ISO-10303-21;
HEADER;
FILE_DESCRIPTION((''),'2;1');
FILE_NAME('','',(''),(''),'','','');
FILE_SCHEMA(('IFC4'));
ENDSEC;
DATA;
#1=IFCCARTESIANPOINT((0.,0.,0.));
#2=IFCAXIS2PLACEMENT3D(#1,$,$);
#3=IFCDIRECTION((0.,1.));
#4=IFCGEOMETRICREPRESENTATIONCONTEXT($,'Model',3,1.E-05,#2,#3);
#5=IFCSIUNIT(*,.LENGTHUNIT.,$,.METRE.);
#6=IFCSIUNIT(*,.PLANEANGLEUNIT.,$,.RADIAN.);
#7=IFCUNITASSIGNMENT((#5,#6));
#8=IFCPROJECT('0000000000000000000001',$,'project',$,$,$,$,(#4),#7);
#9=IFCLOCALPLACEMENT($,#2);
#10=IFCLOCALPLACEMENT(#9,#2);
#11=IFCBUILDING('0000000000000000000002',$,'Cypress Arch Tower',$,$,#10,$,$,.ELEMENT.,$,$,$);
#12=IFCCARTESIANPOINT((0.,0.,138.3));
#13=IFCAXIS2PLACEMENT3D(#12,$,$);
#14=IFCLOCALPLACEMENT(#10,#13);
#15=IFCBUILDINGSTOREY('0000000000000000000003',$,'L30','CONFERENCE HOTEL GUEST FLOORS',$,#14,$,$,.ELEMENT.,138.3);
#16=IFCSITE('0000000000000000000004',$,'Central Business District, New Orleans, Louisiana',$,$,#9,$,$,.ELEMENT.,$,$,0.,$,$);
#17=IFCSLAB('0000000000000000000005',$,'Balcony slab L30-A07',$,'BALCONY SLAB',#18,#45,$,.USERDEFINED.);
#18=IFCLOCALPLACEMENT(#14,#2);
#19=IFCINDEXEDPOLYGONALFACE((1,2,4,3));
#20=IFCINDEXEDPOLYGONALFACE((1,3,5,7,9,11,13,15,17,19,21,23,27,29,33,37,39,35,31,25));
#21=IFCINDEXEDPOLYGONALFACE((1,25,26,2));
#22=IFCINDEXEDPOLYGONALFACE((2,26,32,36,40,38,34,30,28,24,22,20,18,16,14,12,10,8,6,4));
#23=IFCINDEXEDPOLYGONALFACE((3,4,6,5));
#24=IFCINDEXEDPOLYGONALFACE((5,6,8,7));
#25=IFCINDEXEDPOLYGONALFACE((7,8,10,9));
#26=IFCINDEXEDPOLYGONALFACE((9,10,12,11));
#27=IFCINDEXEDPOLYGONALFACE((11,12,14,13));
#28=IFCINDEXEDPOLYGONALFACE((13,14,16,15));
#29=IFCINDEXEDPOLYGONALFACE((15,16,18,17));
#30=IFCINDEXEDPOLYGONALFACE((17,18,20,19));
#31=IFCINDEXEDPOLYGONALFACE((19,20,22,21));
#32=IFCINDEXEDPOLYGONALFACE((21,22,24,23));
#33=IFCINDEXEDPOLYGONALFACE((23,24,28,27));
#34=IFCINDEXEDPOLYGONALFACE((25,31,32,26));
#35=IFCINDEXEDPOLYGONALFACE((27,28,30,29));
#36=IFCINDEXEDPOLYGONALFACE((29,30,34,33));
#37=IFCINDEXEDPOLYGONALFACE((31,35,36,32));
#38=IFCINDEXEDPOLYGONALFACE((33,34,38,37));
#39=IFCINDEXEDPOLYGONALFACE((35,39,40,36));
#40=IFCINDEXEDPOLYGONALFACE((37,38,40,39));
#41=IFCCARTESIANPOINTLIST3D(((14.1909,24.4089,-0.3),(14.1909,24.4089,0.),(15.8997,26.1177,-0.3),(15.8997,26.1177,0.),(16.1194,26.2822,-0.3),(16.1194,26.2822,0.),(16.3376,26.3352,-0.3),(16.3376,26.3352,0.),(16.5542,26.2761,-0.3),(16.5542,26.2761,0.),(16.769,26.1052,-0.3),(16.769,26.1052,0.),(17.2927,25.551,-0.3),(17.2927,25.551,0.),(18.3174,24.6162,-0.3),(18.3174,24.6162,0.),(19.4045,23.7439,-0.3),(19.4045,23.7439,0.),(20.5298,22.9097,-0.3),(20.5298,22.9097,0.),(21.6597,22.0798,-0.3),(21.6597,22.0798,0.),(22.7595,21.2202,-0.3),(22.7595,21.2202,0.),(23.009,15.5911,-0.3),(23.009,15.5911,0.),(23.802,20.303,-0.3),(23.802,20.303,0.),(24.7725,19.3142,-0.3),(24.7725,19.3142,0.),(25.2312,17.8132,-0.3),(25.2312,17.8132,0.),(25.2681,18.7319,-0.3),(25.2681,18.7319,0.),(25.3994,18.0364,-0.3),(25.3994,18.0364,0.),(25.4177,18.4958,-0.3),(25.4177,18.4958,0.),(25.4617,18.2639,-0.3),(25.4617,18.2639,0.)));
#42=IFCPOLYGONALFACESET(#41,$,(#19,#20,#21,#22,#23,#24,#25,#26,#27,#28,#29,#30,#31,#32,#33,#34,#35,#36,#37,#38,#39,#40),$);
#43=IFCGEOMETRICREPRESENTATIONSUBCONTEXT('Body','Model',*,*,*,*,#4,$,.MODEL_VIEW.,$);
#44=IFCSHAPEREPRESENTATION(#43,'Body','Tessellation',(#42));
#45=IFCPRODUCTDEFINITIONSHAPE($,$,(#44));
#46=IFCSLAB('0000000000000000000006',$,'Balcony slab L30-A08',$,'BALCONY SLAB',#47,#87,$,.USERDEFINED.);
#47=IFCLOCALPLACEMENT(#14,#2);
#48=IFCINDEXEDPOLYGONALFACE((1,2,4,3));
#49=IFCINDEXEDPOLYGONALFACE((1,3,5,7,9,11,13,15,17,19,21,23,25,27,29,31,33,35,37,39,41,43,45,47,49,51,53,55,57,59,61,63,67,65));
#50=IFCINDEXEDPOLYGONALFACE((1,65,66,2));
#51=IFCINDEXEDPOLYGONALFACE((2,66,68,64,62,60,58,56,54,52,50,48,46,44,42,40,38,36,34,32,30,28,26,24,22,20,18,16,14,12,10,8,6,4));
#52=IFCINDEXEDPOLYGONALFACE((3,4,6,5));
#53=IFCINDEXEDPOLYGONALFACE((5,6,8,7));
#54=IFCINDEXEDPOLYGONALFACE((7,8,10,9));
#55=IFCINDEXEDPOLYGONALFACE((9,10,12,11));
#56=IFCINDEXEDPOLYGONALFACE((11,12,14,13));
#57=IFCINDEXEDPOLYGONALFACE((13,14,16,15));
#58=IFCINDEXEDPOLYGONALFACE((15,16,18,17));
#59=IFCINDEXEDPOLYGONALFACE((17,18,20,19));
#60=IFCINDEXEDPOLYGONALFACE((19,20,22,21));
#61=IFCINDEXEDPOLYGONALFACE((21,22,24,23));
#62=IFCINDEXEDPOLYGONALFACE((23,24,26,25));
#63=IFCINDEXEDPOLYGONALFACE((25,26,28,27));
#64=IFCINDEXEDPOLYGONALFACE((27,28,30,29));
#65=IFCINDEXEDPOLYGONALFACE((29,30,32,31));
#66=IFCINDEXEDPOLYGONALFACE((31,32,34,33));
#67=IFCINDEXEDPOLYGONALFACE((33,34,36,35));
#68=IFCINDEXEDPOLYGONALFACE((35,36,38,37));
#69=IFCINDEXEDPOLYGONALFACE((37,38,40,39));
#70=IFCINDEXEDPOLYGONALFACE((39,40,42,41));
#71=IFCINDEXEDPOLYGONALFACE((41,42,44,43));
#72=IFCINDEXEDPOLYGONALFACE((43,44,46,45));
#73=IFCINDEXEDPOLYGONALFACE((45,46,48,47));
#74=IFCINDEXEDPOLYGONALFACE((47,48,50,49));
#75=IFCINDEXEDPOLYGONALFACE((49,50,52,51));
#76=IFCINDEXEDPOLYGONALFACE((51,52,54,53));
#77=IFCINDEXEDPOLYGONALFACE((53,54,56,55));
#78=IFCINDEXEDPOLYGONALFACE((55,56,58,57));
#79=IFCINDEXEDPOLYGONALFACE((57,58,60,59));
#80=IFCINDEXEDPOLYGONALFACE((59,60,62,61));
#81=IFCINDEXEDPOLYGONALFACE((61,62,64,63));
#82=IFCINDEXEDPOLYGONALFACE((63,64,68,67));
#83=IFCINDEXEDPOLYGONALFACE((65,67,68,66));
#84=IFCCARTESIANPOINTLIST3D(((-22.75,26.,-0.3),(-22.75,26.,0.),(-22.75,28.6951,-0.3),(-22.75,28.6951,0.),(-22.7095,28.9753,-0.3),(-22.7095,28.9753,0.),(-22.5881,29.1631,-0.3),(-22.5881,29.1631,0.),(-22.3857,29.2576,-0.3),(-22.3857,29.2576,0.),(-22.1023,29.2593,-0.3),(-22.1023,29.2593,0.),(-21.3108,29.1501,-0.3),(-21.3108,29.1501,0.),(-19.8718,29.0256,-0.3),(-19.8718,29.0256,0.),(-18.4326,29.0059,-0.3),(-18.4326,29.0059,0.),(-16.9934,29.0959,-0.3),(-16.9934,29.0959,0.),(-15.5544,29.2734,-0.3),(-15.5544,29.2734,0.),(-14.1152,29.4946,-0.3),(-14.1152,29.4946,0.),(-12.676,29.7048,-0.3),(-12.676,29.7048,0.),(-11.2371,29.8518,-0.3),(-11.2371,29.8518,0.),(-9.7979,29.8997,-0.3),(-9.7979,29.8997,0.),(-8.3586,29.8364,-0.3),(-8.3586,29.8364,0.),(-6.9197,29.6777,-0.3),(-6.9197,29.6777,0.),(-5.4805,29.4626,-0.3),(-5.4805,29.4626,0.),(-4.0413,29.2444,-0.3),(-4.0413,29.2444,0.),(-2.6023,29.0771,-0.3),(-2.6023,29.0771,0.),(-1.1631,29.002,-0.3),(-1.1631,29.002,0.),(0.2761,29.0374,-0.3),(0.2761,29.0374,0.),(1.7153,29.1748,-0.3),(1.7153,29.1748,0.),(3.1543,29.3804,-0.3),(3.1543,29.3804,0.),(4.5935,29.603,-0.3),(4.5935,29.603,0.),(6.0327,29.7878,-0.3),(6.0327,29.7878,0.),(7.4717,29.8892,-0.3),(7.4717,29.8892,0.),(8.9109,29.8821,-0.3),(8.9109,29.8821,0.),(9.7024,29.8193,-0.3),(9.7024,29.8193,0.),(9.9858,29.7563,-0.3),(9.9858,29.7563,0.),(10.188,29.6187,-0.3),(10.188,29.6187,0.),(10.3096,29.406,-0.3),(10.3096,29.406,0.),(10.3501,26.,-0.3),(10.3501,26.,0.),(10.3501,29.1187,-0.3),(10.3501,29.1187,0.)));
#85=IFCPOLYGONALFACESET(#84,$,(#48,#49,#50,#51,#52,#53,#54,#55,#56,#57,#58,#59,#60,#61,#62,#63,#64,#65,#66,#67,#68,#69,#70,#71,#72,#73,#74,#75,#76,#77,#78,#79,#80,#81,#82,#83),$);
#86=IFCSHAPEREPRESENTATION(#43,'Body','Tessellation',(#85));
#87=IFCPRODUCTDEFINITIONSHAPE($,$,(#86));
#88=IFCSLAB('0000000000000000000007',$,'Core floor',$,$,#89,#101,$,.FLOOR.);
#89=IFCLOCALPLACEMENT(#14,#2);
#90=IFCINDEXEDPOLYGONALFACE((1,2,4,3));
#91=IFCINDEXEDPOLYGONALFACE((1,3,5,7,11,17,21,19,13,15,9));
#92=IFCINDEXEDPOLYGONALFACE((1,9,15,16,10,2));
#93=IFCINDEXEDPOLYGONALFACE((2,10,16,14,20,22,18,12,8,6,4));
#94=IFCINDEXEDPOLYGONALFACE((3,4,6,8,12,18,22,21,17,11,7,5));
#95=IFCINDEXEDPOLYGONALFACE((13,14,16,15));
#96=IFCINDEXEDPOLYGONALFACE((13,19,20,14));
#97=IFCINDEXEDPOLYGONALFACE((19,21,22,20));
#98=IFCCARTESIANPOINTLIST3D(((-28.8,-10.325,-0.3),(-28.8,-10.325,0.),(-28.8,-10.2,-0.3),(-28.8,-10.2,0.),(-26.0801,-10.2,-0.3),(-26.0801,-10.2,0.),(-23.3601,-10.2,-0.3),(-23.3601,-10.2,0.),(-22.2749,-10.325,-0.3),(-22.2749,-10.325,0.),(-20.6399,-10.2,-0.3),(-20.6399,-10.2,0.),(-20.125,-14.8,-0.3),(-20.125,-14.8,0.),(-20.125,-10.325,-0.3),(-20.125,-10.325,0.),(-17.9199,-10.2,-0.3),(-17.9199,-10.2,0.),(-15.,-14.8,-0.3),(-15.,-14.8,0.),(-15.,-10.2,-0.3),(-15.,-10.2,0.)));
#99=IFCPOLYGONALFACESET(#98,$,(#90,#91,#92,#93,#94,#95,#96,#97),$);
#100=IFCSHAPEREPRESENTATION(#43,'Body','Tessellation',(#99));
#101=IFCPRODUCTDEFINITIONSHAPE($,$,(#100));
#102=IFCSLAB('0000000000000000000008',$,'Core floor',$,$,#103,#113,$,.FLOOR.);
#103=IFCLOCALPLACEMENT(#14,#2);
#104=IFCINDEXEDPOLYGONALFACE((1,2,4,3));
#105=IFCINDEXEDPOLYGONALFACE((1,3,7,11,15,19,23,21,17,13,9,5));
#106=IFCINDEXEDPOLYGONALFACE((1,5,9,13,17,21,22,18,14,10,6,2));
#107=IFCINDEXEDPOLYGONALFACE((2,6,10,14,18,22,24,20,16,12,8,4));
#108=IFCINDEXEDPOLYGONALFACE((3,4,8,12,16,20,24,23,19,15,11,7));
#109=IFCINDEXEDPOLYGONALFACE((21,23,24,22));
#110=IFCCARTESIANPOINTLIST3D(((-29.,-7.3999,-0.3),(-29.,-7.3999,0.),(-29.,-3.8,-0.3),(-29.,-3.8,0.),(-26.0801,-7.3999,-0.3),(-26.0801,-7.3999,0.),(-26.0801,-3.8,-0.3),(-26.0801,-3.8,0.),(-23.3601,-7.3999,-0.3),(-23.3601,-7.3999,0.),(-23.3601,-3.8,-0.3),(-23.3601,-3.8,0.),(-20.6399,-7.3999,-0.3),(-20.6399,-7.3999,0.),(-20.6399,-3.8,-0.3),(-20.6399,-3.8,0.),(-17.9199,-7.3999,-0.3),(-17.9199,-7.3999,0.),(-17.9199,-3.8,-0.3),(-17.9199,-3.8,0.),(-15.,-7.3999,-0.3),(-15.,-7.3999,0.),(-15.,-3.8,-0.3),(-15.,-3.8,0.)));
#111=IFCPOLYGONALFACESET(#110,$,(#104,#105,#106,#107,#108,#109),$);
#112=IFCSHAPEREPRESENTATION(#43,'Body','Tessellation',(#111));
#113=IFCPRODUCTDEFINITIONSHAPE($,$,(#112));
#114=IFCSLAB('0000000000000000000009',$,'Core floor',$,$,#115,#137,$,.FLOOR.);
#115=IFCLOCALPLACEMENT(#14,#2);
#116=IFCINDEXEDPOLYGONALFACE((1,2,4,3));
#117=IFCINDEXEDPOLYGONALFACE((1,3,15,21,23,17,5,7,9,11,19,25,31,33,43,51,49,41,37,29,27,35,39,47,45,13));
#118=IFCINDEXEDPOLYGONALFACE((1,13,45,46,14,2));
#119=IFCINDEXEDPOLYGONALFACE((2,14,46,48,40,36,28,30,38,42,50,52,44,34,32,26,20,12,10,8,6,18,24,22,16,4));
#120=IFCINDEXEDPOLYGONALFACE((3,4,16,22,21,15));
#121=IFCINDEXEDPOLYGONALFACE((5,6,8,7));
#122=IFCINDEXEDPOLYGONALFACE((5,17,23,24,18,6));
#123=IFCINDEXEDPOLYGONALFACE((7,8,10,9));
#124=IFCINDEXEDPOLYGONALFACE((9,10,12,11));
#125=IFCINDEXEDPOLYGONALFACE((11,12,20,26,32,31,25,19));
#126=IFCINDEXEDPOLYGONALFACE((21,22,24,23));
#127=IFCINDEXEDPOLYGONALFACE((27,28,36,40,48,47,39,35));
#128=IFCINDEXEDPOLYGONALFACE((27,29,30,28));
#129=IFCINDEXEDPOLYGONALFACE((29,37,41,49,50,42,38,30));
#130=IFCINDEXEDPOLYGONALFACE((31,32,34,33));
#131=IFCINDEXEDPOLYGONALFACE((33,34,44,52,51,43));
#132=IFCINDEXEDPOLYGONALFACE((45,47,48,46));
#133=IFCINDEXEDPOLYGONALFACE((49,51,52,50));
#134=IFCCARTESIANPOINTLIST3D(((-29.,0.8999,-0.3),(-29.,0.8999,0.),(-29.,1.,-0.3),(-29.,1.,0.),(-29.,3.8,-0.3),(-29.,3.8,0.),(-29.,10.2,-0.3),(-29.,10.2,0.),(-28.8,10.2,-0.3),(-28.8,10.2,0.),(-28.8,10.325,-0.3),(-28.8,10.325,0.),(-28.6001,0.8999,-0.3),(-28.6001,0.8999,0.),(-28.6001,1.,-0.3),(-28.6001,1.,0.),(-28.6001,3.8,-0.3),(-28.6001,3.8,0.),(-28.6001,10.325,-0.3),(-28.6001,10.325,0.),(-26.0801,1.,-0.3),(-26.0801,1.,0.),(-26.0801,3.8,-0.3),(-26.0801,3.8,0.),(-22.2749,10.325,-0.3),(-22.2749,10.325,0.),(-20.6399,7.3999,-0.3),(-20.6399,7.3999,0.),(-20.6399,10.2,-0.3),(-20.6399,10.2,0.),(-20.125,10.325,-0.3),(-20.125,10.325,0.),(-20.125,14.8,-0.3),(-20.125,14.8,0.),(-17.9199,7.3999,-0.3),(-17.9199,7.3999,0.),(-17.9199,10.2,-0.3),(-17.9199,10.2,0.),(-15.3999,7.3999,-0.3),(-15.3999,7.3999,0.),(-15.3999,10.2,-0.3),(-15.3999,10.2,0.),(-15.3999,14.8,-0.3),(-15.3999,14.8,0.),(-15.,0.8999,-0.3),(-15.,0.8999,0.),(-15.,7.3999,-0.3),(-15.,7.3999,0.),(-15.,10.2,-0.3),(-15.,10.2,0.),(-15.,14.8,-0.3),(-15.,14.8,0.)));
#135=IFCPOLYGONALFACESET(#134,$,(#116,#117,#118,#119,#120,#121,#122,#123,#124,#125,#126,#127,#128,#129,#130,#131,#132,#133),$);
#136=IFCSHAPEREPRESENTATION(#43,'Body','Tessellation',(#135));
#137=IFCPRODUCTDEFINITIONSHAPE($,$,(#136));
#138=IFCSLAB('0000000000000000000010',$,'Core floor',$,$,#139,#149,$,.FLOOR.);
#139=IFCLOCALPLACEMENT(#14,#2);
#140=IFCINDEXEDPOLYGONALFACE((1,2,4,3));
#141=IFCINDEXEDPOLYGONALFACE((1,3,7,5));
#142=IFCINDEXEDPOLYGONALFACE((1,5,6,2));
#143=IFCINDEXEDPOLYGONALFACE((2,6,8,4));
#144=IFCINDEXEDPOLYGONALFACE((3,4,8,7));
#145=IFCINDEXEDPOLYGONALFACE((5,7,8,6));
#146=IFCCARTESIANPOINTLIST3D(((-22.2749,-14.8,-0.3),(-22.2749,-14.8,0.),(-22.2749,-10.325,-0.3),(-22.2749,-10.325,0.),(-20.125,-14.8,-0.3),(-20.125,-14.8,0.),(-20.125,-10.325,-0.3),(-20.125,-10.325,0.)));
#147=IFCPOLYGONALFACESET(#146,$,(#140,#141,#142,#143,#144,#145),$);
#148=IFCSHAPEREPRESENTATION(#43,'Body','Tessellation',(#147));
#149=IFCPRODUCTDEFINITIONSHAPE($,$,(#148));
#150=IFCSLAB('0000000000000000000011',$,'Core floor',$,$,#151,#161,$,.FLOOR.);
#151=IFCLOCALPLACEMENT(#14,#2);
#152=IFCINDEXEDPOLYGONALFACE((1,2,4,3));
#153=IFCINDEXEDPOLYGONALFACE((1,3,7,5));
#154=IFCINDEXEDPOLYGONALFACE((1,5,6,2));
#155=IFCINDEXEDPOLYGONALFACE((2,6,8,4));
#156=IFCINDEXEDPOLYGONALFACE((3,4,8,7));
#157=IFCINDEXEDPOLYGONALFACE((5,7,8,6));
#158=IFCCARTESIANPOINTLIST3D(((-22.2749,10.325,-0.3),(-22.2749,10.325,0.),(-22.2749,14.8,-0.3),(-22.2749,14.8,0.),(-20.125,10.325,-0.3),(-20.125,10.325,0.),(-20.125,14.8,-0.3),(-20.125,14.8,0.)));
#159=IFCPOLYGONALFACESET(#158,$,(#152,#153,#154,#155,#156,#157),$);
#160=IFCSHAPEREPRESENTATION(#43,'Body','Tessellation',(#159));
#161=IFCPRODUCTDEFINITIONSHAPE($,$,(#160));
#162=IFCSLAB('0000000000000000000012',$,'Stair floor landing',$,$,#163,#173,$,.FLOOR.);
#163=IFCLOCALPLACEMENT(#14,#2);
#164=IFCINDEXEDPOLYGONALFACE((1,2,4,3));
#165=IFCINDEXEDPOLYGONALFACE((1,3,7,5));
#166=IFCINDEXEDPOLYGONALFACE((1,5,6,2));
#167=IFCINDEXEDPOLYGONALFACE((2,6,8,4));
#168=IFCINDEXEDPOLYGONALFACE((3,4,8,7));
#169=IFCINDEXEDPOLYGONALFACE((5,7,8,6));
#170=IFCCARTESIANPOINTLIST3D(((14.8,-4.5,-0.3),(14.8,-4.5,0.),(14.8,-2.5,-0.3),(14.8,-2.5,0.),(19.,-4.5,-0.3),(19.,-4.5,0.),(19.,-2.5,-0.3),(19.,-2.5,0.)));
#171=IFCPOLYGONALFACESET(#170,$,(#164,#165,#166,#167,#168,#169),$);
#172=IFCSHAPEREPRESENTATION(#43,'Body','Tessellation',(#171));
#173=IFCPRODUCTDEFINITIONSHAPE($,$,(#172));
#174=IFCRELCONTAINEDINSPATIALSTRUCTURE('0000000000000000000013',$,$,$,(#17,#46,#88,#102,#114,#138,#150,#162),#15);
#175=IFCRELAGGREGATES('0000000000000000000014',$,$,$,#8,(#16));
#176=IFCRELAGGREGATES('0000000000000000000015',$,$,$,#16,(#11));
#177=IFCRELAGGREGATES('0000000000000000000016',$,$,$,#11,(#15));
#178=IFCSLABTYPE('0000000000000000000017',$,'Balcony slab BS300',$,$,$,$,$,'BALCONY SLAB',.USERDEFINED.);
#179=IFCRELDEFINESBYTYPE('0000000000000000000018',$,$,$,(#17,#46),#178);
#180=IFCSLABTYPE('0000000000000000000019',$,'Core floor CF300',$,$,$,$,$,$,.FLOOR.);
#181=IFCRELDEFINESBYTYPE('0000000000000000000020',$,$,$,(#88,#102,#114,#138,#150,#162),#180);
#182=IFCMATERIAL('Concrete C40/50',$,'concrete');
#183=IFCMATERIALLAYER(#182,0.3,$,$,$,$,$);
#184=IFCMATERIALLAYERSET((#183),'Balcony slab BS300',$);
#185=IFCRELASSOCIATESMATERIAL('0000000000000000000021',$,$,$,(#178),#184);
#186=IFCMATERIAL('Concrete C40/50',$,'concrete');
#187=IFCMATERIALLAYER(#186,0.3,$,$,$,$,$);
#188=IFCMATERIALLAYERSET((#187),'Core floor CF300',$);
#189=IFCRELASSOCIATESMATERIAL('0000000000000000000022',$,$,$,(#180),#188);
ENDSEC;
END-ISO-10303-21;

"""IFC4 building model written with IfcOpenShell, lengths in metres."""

from ifc_helpers import new_model, si_unit, direction, frame, origin, place, context, subcontext, project, spatial, polyline, outline, extrude, material, layer, layer_set, type_object, element, save


model = new_model("IFC4")

# Units and contexts
model_context = context("Model", 3, precision=1e-05, world=origin(), true_north=direction((0.0, 1.0)))
body_context = subcontext(model_context, "Body", "Model", "MODEL_VIEW")
ifc_project = project(units=[si_unit("LENGTHUNIT", "METRE"), si_unit("PLANEANGLEUNIT", "RADIAN")], contexts=[model_context])

# Site, building, storey
site_placement = place(None, origin())
site = spatial("IfcSite", under=ifc_project, at=site_placement, Name="Central Business District, New Orleans, Louisiana", CompositionType="ELEMENT", RefElevation=0.0)
building_placement = place(site_placement, origin())
building = spatial("IfcBuilding", under=site, at=building_placement, Name="Cypress Arch Tower", CompositionType="ELEMENT")
storey_placement = place(building_placement, frame((0.0, 0.0, 138.3)))
storey = spatial("IfcBuildingStorey", under=building, at=storey_placement, Name="L30", Description="CONFERENCE HOTEL GUEST FLOORS", CompositionType="ELEMENT", Elevation=138.3)

# Slabs
ifc_material_1 = material(Name="Concrete C40/50", Category="concrete")
ifc_layer_1 = layer(ifc_material_1, 0.3)
ifc_layer_set_1 = layer_set([ifc_layer_1], Name="Balcony slab BS300")
slab_type_1 = type_object("IfcSlabType", Name="Balcony slab BS300", ElementType="BALCONY SLAB", PredefinedType="USERDEFINED", material=ifc_layer_set_1)
slab_1_placement = place(storey_placement, frame((0.0, 0.0, -0.3)))
element("IfcSlab", 1, at=slab_1_placement, inside=storey, type_object=slab_type_1, Name="Balcony slab L30-A07", ObjectType="BALCONY SLAB", PredefinedType="USERDEFINED", context=body_context, shape_type="SweptSolid", body=[
    extrude(outline(polyline([(23.009, 15.5911), (25.2312, 17.8132), (25.3994, 18.0364), (25.4617, 18.2639), (25.4177, 18.4958), (25.2681, 18.7319), (24.7725, 19.3142), (23.802, 20.303), (22.7595, 21.2202), (21.6597, 22.0798), (20.5298, 22.9097), (19.4045, 23.7439), (18.3174, 24.6162), (17.2927, 25.551), (16.769, 26.1052), (16.5542, 26.2761), (16.3376, 26.3352), (16.1194, 26.2822), (15.8997, 26.1177), (14.1909, 24.4089), (23.009, 15.5911)])), origin(), (0.0, 0.0, 1.0), 0.3),
])
slab_2_placement = place(storey_placement, frame((0.0, 0.0, -0.3)))
element("IfcSlab", 2, at=slab_2_placement, inside=storey, type_object=slab_type_1, Name="Balcony slab L30-A08", ObjectType="BALCONY SLAB", PredefinedType="USERDEFINED", context=body_context, shape_type="SweptSolid", body=[
    extrude(outline(polyline([(10.3501, 26.0), (10.3501, 29.1187), (10.3096, 29.406), (10.188, 29.6187), (9.9858, 29.7563), (9.7024, 29.8193), (8.9109, 29.8821), (7.4717, 29.8892), (6.0327, 29.7878), (4.5935, 29.603), (3.1543, 29.3804), (1.7153, 29.1748), (0.2761, 29.0374), (-1.1631, 29.002), (-2.6023, 29.0771), (-4.0413, 29.2444), (-5.4805, 29.4626), (-6.9197, 29.6777), (-8.3586, 29.8364), (-9.7979, 29.8997), (-11.2371, 29.8518), (-12.676, 29.7048), (-14.1152, 29.4946), (-15.5544, 29.2734), (-16.9934, 29.0959), (-18.4326, 29.0059), (-19.8718, 29.0256), (-21.3108, 29.1501), (-22.1023, 29.2593), (-22.3857, 29.2576), (-22.5881, 29.1631), (-22.7095, 28.9753), (-22.75, 28.6951), (-22.75, 26.0), (10.3501, 26.0)])), origin(), (0.0, 0.0, 1.0), 0.3),
])
ifc_material_2 = material(Name="Concrete C40/50", Category="concrete")
ifc_layer_2 = layer(ifc_material_2, 0.3)
ifc_layer_set_2 = layer_set([ifc_layer_2], Name="Core floor CF300")
slab_type_2 = type_object("IfcSlabType", Name="Core floor CF300", PredefinedType="FLOOR", material=ifc_layer_set_2)
slab_3_placement = place(storey_placement, frame((0.0, 0.0, -0.3)))
element("IfcSlab", 3, at=slab_3_placement, inside=storey, type_object=slab_type_2, Name="Core floor", PredefinedType="FLOOR", context=body_context, shape_type="SweptSolid", body=[
    extrude(outline(polyline([(-20.125, -14.8), (-15.0, -14.8), (-15.0, -10.2), (-17.9199, -10.2), (-20.6399, -10.2), (-23.3601, -10.2), (-26.0801, -10.2), (-28.8, -10.2), (-28.8, -10.325), (-22.2749, -10.325), (-20.125, -10.325), (-20.125, -14.8)])), origin(), (0.0, 0.0, 1.0), 0.3),
])
slab_4_placement = place(storey_placement, frame((0.0, 0.0, -0.3)))
element("IfcSlab", 4, at=slab_4_placement, inside=storey, type_object=slab_type_2, Name="Core floor", PredefinedType="FLOOR", context=body_context, shape_type="SweptSolid", body=[
    extrude(outline(polyline([(-29.0, -3.8), (-29.0, -7.3999), (-26.0801, -7.3999), (-23.3601, -7.3999), (-20.6399, -7.3999), (-17.9199, -7.3999), (-15.0, -7.3999), (-15.0, -3.8), (-17.9199, -3.8), (-20.6399, -3.8), (-23.3601, -3.8), (-26.0801, -3.8), (-29.0, -3.8)])), origin(), (0.0, 0.0, 1.0), 0.3),
])
slab_5_placement = place(storey_placement, frame((0.0, 0.0, -0.3)))
element("IfcSlab", 5, at=slab_5_placement, inside=storey, type_object=slab_type_2, Name="Core floor", PredefinedType="FLOOR", context=body_context, shape_type="SweptSolid", body=[
    extrude(outline(polyline([(-29.0, 3.8), (-29.0, 10.2), (-28.8, 10.2), (-28.8, 10.325), (-28.6001, 10.325), (-22.2749, 10.325), (-20.125, 10.325), (-20.125, 14.8), (-15.3999, 14.8), (-15.0, 14.8), (-15.0, 10.2), (-15.3999, 10.2), (-17.9199, 10.2), (-20.6399, 10.2), (-20.6399, 7.3999), (-17.9199, 7.3999), (-15.3999, 7.3999), (-15.0, 7.3999), (-15.0, 0.8999), (-28.6001, 0.8999), (-29.0, 0.8999), (-29.0, 1.0), (-28.6001, 1.0), (-26.0801, 1.0), (-26.0801, 3.8), (-28.6001, 3.8), (-29.0, 3.8)])), origin(), (0.0, 0.0, 1.0), 0.3),
])
slab_6_placement = place(storey_placement, frame((0.0, 0.0, -0.3)))
element("IfcSlab", 6, at=slab_6_placement, inside=storey, type_object=slab_type_2, Name="Core floor", PredefinedType="FLOOR", context=body_context, shape_type="SweptSolid", body=[
    extrude(outline(polyline([(-22.2749, -10.325), (-22.2749, -14.8), (-20.125, -14.8), (-20.125, -10.325), (-22.2749, -10.325)])), origin(), (0.0, 0.0, 1.0), 0.3),
])
slab_7_placement = place(storey_placement, frame((0.0, 0.0, -0.3)))
element("IfcSlab", 7, at=slab_7_placement, inside=storey, type_object=slab_type_2, Name="Core floor", PredefinedType="FLOOR", context=body_context, shape_type="SweptSolid", body=[
    extrude(outline(polyline([(-20.125, 14.8), (-22.2749, 14.8), (-22.2749, 10.325), (-20.125, 10.325), (-20.125, 14.8)])), origin(), (0.0, 0.0, 1.0), 0.3),
])
slab_8_placement = place(storey_placement, frame((0.0, 0.0, -0.3)))
element("IfcSlab", 8, at=slab_8_placement, inside=storey, type_object=slab_type_2, Name="Stair floor landing", PredefinedType="FLOOR", context=body_context, shape_type="SweptSolid", body=[
    extrude(outline(polyline([(19.0, -4.5), (19.0, -2.5), (14.8, -2.5), (14.8, -4.5), (19.0, -4.5)])), origin(), (0.0, 0.0, 1.0), 0.3),
])

save(model, "model.ifc")
